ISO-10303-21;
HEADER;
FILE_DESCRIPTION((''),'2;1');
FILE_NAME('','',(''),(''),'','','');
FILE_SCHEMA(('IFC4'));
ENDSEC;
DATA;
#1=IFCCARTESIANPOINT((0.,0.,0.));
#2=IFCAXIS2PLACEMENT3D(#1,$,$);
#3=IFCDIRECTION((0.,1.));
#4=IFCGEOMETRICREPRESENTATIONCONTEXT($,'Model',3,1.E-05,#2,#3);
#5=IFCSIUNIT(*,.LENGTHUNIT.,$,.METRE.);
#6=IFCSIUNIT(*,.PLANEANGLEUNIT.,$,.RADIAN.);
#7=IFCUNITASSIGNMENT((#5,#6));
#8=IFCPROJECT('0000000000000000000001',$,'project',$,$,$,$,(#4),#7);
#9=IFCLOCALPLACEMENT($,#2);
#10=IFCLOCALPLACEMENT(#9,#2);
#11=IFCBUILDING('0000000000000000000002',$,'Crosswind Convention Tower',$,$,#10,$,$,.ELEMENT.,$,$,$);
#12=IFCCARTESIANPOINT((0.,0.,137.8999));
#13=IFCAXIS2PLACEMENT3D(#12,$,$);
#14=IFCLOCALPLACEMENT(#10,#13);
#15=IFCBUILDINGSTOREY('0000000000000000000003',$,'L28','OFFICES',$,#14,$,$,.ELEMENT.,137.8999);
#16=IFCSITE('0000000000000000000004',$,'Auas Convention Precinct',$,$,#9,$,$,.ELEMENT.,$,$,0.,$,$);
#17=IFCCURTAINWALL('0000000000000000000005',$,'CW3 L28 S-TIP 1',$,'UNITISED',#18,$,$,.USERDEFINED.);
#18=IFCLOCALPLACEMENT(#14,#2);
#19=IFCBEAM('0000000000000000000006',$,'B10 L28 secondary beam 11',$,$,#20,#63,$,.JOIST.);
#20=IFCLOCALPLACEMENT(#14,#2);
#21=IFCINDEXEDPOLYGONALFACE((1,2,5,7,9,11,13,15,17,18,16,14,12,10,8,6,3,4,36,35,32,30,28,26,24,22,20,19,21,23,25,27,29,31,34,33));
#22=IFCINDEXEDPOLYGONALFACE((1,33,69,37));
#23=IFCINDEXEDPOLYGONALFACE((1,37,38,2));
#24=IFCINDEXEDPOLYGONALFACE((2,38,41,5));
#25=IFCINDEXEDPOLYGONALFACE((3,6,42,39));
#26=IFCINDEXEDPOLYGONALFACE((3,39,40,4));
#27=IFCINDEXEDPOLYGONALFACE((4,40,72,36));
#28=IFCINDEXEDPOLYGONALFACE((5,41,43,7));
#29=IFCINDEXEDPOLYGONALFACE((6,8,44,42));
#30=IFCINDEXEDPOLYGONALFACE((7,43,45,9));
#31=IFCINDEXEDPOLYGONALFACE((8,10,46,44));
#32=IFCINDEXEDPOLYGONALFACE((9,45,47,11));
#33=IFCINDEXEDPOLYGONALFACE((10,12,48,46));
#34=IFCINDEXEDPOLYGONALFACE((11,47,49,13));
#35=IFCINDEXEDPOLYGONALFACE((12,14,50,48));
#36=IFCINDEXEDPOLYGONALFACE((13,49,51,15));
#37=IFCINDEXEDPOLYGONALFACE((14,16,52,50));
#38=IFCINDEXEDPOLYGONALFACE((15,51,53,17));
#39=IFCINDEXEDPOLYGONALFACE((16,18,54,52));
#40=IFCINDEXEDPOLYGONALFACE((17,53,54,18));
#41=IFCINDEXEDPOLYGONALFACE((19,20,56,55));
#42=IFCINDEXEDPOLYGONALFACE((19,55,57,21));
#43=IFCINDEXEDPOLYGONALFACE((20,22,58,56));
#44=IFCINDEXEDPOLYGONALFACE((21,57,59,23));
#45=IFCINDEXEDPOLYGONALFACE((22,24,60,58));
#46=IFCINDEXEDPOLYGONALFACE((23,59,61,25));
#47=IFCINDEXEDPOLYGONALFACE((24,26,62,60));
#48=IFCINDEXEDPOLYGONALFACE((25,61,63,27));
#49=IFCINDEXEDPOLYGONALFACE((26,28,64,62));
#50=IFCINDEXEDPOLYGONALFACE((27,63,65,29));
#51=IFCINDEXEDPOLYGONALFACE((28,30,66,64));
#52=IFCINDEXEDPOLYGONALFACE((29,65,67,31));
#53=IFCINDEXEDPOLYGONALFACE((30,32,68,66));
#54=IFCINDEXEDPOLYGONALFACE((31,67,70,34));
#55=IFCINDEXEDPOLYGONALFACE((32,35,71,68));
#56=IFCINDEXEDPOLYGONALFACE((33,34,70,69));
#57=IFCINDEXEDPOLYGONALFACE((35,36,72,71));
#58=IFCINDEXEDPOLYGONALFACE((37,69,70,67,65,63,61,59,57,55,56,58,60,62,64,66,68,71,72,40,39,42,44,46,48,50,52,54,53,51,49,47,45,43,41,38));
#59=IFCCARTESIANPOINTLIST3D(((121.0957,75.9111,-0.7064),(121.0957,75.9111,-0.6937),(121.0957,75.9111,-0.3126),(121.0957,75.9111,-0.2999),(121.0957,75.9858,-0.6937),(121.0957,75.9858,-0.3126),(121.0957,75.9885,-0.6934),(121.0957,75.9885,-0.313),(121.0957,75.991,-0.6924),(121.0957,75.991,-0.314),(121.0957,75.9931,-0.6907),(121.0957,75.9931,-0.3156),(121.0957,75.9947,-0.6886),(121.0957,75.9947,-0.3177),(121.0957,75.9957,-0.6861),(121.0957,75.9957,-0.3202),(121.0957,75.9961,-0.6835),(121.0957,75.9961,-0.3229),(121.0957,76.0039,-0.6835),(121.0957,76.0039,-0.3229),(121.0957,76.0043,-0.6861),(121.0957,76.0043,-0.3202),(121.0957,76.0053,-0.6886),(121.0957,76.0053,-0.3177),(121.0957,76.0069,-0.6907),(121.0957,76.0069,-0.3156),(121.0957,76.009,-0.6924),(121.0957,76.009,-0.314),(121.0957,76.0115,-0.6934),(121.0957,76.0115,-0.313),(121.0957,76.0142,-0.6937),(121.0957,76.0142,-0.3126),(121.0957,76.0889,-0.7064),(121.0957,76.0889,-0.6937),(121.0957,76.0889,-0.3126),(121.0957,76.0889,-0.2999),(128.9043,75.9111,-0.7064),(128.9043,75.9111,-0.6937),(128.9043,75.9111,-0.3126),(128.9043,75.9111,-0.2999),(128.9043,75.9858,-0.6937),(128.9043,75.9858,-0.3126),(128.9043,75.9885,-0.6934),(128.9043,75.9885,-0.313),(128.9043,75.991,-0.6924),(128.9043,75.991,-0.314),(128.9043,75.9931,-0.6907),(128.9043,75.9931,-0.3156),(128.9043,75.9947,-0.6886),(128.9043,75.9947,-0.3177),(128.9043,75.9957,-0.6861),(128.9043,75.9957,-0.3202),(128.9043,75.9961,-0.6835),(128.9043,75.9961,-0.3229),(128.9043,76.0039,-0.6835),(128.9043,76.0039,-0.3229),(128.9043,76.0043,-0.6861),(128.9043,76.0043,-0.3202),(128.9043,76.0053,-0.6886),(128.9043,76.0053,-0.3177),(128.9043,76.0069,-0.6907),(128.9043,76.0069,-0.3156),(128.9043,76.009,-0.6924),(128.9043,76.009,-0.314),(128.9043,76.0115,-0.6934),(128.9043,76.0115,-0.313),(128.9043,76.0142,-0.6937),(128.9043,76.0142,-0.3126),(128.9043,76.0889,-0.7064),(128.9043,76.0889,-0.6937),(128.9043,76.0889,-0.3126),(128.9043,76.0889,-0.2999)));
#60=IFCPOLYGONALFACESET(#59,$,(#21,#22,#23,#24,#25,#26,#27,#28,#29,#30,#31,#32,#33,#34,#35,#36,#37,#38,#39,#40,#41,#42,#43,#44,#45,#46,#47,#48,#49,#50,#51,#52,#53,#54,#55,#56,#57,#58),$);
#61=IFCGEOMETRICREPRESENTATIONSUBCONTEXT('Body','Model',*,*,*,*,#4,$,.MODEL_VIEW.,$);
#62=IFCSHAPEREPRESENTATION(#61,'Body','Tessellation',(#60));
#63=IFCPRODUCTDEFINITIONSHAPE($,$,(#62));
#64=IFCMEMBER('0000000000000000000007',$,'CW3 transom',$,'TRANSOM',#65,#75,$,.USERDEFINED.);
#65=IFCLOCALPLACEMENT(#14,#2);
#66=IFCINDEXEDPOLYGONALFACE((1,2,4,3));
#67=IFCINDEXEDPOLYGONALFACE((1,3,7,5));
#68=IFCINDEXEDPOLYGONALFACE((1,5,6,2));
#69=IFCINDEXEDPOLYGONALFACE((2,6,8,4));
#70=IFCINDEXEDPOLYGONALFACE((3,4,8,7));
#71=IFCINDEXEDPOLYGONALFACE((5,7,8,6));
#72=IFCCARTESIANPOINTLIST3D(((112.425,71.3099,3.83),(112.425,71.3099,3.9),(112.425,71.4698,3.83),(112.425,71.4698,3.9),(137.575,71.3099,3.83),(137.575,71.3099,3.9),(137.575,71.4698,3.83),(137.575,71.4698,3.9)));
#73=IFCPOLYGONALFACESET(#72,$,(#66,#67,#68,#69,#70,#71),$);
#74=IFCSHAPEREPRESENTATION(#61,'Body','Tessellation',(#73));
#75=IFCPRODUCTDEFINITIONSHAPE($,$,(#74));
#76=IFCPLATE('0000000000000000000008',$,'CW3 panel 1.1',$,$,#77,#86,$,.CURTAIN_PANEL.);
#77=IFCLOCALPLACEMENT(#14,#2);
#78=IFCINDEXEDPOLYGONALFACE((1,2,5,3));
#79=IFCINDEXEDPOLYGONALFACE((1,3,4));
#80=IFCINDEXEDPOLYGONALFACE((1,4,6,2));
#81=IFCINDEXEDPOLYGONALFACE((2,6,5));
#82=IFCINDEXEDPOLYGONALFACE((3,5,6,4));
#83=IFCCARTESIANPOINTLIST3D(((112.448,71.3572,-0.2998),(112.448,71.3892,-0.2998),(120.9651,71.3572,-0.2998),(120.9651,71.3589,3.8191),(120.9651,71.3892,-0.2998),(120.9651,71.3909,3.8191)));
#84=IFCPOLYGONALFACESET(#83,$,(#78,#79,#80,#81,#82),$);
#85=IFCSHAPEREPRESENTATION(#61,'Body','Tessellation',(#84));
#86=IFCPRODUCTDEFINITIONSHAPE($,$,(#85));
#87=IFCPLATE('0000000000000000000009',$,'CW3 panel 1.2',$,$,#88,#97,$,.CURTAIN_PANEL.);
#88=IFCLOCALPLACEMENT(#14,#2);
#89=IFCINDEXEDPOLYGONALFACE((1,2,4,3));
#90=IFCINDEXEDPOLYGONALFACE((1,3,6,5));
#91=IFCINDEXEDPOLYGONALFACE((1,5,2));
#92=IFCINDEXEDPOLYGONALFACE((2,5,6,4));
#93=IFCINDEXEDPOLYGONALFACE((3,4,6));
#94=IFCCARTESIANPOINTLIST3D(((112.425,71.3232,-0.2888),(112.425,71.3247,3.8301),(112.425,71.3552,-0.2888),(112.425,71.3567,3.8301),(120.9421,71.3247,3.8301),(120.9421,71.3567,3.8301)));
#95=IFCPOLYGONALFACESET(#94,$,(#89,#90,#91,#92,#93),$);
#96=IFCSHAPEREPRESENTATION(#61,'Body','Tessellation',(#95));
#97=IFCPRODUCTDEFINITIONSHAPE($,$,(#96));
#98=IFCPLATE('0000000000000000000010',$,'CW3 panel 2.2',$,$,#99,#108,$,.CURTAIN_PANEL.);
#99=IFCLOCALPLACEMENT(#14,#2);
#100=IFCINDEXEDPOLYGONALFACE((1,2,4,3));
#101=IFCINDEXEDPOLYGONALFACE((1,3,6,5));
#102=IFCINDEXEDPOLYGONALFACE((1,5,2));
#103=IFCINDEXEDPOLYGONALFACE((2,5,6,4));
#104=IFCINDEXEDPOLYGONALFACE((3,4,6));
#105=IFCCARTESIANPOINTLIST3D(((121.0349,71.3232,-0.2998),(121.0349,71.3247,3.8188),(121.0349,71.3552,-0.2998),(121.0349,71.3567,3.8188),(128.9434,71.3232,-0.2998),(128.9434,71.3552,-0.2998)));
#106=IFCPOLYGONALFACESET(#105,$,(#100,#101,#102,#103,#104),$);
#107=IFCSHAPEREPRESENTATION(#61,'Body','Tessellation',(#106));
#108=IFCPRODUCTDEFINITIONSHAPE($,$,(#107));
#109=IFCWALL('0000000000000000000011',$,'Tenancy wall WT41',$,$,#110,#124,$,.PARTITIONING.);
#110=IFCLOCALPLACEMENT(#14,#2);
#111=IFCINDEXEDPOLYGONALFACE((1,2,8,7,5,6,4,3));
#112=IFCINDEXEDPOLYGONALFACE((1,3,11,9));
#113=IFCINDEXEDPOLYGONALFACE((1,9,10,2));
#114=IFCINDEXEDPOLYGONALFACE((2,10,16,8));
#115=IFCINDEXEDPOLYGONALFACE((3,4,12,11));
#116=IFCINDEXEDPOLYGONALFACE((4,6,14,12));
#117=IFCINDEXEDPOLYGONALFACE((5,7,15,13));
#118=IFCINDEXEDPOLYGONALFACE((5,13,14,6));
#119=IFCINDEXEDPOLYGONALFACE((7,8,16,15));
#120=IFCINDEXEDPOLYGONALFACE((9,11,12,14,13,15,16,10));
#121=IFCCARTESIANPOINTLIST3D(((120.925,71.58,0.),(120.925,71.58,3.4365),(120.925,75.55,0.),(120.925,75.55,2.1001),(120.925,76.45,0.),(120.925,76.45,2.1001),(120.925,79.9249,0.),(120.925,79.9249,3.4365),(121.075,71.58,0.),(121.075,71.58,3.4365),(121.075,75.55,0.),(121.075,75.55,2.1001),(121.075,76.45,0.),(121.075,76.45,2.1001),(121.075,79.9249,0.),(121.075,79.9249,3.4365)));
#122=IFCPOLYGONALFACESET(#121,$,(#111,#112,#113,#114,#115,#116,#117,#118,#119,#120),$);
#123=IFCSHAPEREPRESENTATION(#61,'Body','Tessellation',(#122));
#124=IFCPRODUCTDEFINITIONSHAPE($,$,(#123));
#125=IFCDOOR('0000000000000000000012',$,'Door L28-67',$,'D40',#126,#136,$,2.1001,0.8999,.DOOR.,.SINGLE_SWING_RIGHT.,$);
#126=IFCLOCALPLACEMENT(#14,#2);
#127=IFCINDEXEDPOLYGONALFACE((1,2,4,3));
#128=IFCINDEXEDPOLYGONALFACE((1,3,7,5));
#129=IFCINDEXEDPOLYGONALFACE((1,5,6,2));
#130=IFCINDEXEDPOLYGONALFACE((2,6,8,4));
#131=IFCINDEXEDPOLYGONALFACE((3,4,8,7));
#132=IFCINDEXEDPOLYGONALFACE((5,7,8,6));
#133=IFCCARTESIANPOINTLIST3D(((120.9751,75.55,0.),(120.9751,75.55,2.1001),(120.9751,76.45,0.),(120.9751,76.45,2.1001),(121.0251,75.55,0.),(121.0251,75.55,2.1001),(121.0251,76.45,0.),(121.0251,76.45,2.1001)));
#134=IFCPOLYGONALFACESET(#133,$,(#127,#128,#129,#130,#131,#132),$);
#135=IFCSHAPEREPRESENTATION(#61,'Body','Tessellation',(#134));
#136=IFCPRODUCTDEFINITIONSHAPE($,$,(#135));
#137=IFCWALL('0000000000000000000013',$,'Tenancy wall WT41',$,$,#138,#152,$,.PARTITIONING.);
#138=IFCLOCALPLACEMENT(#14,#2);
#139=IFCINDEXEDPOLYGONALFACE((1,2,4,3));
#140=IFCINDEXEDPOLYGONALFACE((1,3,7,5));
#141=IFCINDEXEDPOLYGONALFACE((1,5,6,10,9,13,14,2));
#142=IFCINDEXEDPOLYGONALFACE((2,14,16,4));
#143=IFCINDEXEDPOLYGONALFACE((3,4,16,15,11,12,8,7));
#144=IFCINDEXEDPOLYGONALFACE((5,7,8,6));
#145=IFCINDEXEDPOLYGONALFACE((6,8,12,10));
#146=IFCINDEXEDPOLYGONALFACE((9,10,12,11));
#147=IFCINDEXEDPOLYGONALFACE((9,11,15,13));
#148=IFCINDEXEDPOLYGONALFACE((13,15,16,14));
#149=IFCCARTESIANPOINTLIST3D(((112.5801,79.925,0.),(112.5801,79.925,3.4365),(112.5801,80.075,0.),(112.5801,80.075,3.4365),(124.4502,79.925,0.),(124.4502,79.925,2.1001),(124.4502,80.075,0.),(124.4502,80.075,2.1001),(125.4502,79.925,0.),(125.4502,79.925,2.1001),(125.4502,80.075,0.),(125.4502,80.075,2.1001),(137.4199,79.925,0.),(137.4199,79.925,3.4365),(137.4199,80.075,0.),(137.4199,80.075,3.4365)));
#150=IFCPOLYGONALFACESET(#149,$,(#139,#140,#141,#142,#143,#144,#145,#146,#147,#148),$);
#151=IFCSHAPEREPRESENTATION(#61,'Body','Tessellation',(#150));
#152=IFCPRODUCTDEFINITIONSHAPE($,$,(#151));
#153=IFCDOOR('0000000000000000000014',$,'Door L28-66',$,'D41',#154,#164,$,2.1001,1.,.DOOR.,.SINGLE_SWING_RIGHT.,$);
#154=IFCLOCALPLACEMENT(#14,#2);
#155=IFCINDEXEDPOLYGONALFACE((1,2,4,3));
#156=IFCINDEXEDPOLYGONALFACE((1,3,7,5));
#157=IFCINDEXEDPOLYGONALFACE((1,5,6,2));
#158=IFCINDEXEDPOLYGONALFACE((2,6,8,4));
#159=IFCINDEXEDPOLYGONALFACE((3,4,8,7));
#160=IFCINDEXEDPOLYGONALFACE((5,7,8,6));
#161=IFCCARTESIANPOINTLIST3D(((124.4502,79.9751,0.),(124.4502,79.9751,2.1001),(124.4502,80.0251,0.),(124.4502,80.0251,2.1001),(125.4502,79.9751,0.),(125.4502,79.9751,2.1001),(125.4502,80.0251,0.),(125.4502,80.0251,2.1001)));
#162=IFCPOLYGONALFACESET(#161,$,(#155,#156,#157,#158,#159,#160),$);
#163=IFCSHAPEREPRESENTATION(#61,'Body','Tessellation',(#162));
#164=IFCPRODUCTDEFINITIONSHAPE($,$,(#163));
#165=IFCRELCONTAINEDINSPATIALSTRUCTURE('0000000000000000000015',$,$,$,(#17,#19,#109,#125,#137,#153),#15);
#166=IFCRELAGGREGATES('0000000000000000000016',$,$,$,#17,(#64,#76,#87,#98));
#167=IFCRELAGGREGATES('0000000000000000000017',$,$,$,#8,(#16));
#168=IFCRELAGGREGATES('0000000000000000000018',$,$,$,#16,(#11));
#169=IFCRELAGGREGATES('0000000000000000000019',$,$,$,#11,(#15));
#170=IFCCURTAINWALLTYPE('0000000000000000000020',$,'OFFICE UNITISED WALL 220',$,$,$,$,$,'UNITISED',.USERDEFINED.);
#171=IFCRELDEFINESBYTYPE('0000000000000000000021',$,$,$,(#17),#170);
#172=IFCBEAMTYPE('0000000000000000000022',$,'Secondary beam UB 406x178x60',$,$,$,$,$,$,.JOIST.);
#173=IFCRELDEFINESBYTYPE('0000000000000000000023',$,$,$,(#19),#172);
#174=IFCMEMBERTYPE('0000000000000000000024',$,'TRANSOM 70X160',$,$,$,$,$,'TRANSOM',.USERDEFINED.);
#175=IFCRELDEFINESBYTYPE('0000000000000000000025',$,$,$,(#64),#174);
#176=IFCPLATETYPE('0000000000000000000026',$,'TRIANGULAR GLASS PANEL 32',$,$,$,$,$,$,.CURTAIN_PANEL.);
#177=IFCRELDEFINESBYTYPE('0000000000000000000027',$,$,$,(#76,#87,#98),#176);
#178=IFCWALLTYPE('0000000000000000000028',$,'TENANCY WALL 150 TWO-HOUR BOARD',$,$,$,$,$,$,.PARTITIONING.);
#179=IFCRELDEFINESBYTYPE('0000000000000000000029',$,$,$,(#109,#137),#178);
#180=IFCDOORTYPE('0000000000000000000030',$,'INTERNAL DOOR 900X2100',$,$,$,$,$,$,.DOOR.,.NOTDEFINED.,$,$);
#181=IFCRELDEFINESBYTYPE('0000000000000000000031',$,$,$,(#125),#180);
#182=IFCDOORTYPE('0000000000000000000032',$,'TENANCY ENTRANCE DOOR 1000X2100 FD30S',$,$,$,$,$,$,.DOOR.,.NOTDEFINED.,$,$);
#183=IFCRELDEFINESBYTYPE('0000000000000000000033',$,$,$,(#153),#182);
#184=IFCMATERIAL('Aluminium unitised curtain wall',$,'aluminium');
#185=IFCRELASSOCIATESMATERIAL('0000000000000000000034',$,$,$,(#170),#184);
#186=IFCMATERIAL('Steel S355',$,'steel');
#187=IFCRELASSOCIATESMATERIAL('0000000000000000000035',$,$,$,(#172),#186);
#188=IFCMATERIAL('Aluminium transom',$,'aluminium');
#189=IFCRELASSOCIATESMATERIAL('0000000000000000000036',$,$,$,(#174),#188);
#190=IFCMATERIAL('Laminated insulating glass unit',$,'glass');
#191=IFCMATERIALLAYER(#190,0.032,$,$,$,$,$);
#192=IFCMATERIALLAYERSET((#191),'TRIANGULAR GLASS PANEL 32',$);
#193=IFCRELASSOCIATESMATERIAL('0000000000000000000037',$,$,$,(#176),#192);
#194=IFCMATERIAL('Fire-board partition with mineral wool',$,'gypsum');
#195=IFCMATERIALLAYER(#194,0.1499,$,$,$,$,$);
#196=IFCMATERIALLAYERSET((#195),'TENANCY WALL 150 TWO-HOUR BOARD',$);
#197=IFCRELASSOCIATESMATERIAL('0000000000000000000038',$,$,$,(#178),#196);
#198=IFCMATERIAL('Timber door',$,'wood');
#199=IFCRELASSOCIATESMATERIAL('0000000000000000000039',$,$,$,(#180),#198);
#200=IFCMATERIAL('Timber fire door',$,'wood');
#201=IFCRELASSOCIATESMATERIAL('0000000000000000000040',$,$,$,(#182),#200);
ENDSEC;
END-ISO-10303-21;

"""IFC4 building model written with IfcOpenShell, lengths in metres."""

from ifc_helpers import new_model, si_unit, direction, frame, frame_2d, origin, origin_2d, place, context, subcontext, project, spatial, polyline, rectangle, i_section, outline, extrude, material, layer, layer_set, material_profile, profile_set, type_object, element, fill, aggregate, save


model = new_model("IFC4")

# Units and contexts
model_context = context("Model", 3, precision=1e-05, world=origin(), true_north=direction((0.0, 1.0)))
body_context = subcontext(model_context, "Body", "Model", "MODEL_VIEW")
ifc_project = project(units=[si_unit("LENGTHUNIT", "METRE"), si_unit("PLANEANGLEUNIT", "RADIAN")], contexts=[model_context])

# Site, building, storey
site_placement = place(None, origin())
site = spatial("IfcSite", under=ifc_project, at=site_placement, Name="Auas Convention Precinct", CompositionType="ELEMENT", RefElevation=0.0)
building_placement = place(site_placement, origin())
building = spatial("IfcBuilding", under=site, at=building_placement, Name="Crosswind Convention Tower", CompositionType="ELEMENT")
storey_placement = place(building_placement, frame((0.0, 0.0, 137.8999)))
storey = spatial("IfcBuildingStorey", under=building, at=storey_placement, Name="L28", Description="OFFICES", CompositionType="ELEMENT", Elevation=137.8999)

# Shared definitions
ifc_material_1 = material(Name="Steel S355", Category="steel")

# Curtain wall
ifc_material_2 = material(Name="Aluminium unitised curtain wall", Category="aluminium")
curtain_wall_type_1 = type_object("IfcCurtainWallType", Name="OFFICE UNITISED WALL 220", ElementType="UNITISED", PredefinedType="USERDEFINED", material=ifc_material_2)
curtain_wall_1_placement = place(storey_placement, origin())
curtain_wall_1 = element("IfcCurtainWall", 1, at=curtain_wall_1_placement, inside=storey, type_object=curtain_wall_type_1, Name="CW3 L28 S-TIP 1", ObjectType="UNITISED", PredefinedType="USERDEFINED")

# Beam
ifc_material_profile_1 = material_profile(ifc_material_1, i_section(OverallWidth=0.1777, OverallDepth=0.4065, WebThickness=0.0078, FlangeThickness=0.0127, FilletRadius=0.0103, at=origin_2d()), Name="UB 406x178x60")
ifc_profile_set_1 = profile_set([ifc_material_profile_1], Name="Steel S355")
beam_type_1 = type_object("IfcBeamType", Name="Secondary beam UB 406x178x60", PredefinedType="JOIST", material=ifc_profile_set_1)
beam_1_placement = place(storey_placement, frame((121.0957, 76.0, -0.5032), z_axis=(1.0, 0.0, 0.0), x_axis=(0.0, 1.0, 0.0)))
element("IfcBeam", 2, at=beam_1_placement, inside=storey, type_object=beam_type_1, Name="B10 L28 secondary beam 11", PredefinedType="JOIST", context=body_context, shape_type="SweptSolid", body=[
    extrude(i_section(OverallWidth=0.1777, OverallDepth=0.4065, WebThickness=0.0078, FlangeThickness=0.0127, FilletRadius=0.0103, at=origin_2d()), origin(), (0.0, 0.0, 1.0), 7.8086),
])

# Member
ifc_material_3 = material(Name="Aluminium transom", Category="aluminium")
ifc_material_profile_2 = material_profile(ifc_material_3, rectangle(XDim=0.1599, YDim=0.0701, at=origin_2d()), Name="AL 160X70")
ifc_profile_set_2 = profile_set([ifc_material_profile_2], Name="Aluminium transom")
member_type_1 = type_object("IfcMemberType", Name="TRANSOM 70X160", ElementType="TRANSOM", PredefinedType="USERDEFINED", material=ifc_profile_set_2)
member_1_placement = place(storey_placement, frame((112.425, 71.3899, 3.865), z_axis=(1.0, 0.0, 0.0), x_axis=(0.0, 1.0, 0.0)))
member_1 = element("IfcMember", 3, at=member_1_placement, type_object=member_type_1, Name="CW3 transom", ObjectType="TRANSOM", PredefinedType="USERDEFINED", context=body_context, shape_type="SweptSolid", body=[
    extrude(rectangle(XDim=0.1599, YDim=0.0701, at=origin_2d()), origin(), (0.0, 0.0, 1.0), 25.1499),
])

# Plates
ifc_material_4 = material(Name="Laminated insulating glass unit", Category="glass")
ifc_layer_1 = layer(ifc_material_4, 0.032)
ifc_layer_set_1 = layer_set([ifc_layer_1], Name="TRIANGULAR GLASS PANEL 32")
plate_type = type_object("IfcPlateType", Name="TRIANGULAR GLASS PANEL 32", PredefinedType="CURTAIN_PANEL", material=ifc_layer_set_1)
plate_1_placement = place(storey_placement, frame((120.9651, 71.3572, -0.2998), z_axis=(0.0, -1.0, 0.000415), x_axis=(0.0, 0.000415, 1.0)))
plate_1 = element("IfcPlate", 4, at=plate_1_placement, type_object=plate_type, Name="CW3 panel 1.1", PredefinedType="CURTAIN_PANEL", context=body_context, shape_type="SweptSolid", body=[
    extrude(outline(polyline([(0.0, 0.0), (4.1189, 0.0), (0.0, 8.5171), (0.0, 0.0)])), origin(), (0.0, 0.0, -1.0), 0.032),
])
plate_2_placement = place(storey_placement, frame((112.425, 71.3247, 3.8301), z_axis=(0.0, -1.0, 0.000356), x_axis=(0.0, -0.000356, -1.0)))
plate_2 = element("IfcPlate", 5, at=plate_2_placement, type_object=plate_type, Name="CW3 panel 1.2", PredefinedType="CURTAIN_PANEL", context=body_context, shape_type="SweptSolid", body=[
    extrude(outline(polyline([(0.0, 0.0), (4.1189, 0.0), (0.0, 8.5171), (0.0, 0.0)])), origin(), (0.0, 0.0, -1.0), 0.032),
])
plate_3_placement = place(storey_placement, frame((121.0349, 71.3232, -0.2998), z_axis=(0.0, -1.0, 0.000356), x_axis=(1.0, 0.0, 0.0)))
plate_3 = element("IfcPlate", 6, at=plate_3_placement, type_object=plate_type, Name="CW3 panel 2.2", PredefinedType="CURTAIN_PANEL", context=body_context, shape_type="SweptSolid", body=[
    extrude(outline(polyline([(0.0, 0.0), (7.9084, 0.0), (0.0, 4.1187), (0.0, 0.0)])), origin(), (0.0, 0.0, -1.0), 0.032),
])

# Walls, openings, doors
ifc_material_5 = material(Name="Fire-board partition with mineral wool", Category="gypsum")
ifc_layer_2 = layer(ifc_material_5, 0.1499)
ifc_layer_set_2 = layer_set([ifc_layer_2], Name="TENANCY WALL 150 TWO-HOUR BOARD")
wall_type = type_object("IfcWallType", Name="TENANCY WALL 150 TWO-HOUR BOARD", PredefinedType="PARTITIONING", material=ifc_layer_set_2)
wall_1_placement = place(storey_placement, frame((121.0, 71.5801, 0.0), z_axis=(0.0, 0.0, 1.0), x_axis=(0.0, 1.0, 0.0)))
wall_1 = element("IfcWall", 7, at=wall_1_placement, inside=storey, type_object=wall_type, Name="Tenancy wall WT41", PredefinedType="PARTITIONING", context=body_context, shape_type="SweptSolid", body=[
    extrude(rectangle(XDim=8.345, YDim=0.1499, at=frame_2d((4.1724, 0.0))), origin(), (0.0, 0.0, 1.0), 3.4365),
])
opening_1_placement = place(wall_1_placement, frame((3.97, 0.0, 0.0)))
opening_1 = element("IfcOpeningElement", 8, at=opening_1_placement, cuts=wall_1, PredefinedType="OPENING", context=body_context, shape_type="SweptSolid", body=[
    extrude(rectangle(XDim=0.8999, YDim=2.1001, at=frame_2d((0.45, 1.05))), frame((0.0, 0.085, 0.0), z_axis=(0.0, -1.0, 0.0), x_axis=(1.0, 0.0, 0.0)), (0.0, 0.0, 1.0), 0.1699),
])
ifc_material_6 = material(Name="Timber door", Category="wood")
door_type_1 = type_object("IfcDoorType", Name="INTERNAL DOOR 900X2100", OperationType="NOTDEFINED", PredefinedType="DOOR", material=ifc_material_6)
door_1_placement = place(opening_1_placement, origin())
door_1 = element("IfcDoor", 9, at=door_1_placement, inside=storey, type_object=door_type_1, Name="Door L28-67", ObjectType="D40", OperationType="SINGLE_SWING_RIGHT", OverallHeight=2.1001, OverallWidth=0.8999, PredefinedType="DOOR", context=body_context, shape_type="SweptSolid", body=[
    extrude(rectangle(XDim=0.8999, YDim=2.1001, at=frame_2d((0.45, 1.05))), frame((0.0, 0.0249, 0.0), z_axis=(0.0, -1.0, 0.0), x_axis=(1.0, 0.0, 0.0)), (0.0, 0.0, 1.0), 0.05),
])
fill(opening_1, door_1)
wall_2_placement = place(storey_placement, frame((112.5801, 80.0, 0.0), z_axis=(0.0, 0.0, 1.0), x_axis=(1.0, 0.0, 0.0)))
wall_2 = element("IfcWall", 10, at=wall_2_placement, inside=storey, type_object=wall_type, Name="Tenancy wall WT41", PredefinedType="PARTITIONING", context=body_context, shape_type="SweptSolid", body=[
    extrude(rectangle(XDim=24.8398, YDim=0.1499, at=frame_2d((12.4199, 0.0))), origin(), (0.0, 0.0, 1.0), 3.4365),
])
opening_2_placement = place(wall_2_placement, frame((11.8701, 0.0, 0.0)))
opening_2 = element("IfcOpeningElement", 11, at=opening_2_placement, cuts=wall_2, PredefinedType="OPENING", context=body_context, shape_type="SweptSolid", body=[
    extrude(rectangle(XDim=1.0, YDim=2.1001, at=frame_2d((0.5, 1.05))), frame((0.0, 0.085, 0.0), z_axis=(0.0, -1.0, 0.0), x_axis=(1.0, 0.0, 0.0)), (0.0, 0.0, 1.0), 0.1699),
])
ifc_material_7 = material(Name="Timber fire door", Category="wood")
door_type_2 = type_object("IfcDoorType", Name="TENANCY ENTRANCE DOOR 1000X2100 FD30S", OperationType="NOTDEFINED", PredefinedType="DOOR", material=ifc_material_7)
door_2_placement = place(opening_2_placement, frame((1.0, 0.0, 0.0), z_axis=(0.0, 0.0, 1.0), x_axis=(-1.0, 0.0, 0.0)))
door_2 = element("IfcDoor", 12, at=door_2_placement, inside=storey, type_object=door_type_2, Name="Door L28-66", ObjectType="D41", OperationType="SINGLE_SWING_RIGHT", OverallHeight=2.1001, OverallWidth=1.0, PredefinedType="DOOR", context=body_context, shape_type="SweptSolid", body=[
    extrude(rectangle(XDim=1.0, YDim=2.1001, at=frame_2d((0.5, 1.05))), frame((0.0, 0.0249, 0.0), z_axis=(0.0, -1.0, 0.0), x_axis=(1.0, 0.0, 0.0)), (0.0, 0.0, 1.0), 0.05),
])
fill(opening_2, door_2)

aggregate(curtain_wall_1, [member_1, plate_1, plate_2, plate_3])

save(model, "model.ifc")
